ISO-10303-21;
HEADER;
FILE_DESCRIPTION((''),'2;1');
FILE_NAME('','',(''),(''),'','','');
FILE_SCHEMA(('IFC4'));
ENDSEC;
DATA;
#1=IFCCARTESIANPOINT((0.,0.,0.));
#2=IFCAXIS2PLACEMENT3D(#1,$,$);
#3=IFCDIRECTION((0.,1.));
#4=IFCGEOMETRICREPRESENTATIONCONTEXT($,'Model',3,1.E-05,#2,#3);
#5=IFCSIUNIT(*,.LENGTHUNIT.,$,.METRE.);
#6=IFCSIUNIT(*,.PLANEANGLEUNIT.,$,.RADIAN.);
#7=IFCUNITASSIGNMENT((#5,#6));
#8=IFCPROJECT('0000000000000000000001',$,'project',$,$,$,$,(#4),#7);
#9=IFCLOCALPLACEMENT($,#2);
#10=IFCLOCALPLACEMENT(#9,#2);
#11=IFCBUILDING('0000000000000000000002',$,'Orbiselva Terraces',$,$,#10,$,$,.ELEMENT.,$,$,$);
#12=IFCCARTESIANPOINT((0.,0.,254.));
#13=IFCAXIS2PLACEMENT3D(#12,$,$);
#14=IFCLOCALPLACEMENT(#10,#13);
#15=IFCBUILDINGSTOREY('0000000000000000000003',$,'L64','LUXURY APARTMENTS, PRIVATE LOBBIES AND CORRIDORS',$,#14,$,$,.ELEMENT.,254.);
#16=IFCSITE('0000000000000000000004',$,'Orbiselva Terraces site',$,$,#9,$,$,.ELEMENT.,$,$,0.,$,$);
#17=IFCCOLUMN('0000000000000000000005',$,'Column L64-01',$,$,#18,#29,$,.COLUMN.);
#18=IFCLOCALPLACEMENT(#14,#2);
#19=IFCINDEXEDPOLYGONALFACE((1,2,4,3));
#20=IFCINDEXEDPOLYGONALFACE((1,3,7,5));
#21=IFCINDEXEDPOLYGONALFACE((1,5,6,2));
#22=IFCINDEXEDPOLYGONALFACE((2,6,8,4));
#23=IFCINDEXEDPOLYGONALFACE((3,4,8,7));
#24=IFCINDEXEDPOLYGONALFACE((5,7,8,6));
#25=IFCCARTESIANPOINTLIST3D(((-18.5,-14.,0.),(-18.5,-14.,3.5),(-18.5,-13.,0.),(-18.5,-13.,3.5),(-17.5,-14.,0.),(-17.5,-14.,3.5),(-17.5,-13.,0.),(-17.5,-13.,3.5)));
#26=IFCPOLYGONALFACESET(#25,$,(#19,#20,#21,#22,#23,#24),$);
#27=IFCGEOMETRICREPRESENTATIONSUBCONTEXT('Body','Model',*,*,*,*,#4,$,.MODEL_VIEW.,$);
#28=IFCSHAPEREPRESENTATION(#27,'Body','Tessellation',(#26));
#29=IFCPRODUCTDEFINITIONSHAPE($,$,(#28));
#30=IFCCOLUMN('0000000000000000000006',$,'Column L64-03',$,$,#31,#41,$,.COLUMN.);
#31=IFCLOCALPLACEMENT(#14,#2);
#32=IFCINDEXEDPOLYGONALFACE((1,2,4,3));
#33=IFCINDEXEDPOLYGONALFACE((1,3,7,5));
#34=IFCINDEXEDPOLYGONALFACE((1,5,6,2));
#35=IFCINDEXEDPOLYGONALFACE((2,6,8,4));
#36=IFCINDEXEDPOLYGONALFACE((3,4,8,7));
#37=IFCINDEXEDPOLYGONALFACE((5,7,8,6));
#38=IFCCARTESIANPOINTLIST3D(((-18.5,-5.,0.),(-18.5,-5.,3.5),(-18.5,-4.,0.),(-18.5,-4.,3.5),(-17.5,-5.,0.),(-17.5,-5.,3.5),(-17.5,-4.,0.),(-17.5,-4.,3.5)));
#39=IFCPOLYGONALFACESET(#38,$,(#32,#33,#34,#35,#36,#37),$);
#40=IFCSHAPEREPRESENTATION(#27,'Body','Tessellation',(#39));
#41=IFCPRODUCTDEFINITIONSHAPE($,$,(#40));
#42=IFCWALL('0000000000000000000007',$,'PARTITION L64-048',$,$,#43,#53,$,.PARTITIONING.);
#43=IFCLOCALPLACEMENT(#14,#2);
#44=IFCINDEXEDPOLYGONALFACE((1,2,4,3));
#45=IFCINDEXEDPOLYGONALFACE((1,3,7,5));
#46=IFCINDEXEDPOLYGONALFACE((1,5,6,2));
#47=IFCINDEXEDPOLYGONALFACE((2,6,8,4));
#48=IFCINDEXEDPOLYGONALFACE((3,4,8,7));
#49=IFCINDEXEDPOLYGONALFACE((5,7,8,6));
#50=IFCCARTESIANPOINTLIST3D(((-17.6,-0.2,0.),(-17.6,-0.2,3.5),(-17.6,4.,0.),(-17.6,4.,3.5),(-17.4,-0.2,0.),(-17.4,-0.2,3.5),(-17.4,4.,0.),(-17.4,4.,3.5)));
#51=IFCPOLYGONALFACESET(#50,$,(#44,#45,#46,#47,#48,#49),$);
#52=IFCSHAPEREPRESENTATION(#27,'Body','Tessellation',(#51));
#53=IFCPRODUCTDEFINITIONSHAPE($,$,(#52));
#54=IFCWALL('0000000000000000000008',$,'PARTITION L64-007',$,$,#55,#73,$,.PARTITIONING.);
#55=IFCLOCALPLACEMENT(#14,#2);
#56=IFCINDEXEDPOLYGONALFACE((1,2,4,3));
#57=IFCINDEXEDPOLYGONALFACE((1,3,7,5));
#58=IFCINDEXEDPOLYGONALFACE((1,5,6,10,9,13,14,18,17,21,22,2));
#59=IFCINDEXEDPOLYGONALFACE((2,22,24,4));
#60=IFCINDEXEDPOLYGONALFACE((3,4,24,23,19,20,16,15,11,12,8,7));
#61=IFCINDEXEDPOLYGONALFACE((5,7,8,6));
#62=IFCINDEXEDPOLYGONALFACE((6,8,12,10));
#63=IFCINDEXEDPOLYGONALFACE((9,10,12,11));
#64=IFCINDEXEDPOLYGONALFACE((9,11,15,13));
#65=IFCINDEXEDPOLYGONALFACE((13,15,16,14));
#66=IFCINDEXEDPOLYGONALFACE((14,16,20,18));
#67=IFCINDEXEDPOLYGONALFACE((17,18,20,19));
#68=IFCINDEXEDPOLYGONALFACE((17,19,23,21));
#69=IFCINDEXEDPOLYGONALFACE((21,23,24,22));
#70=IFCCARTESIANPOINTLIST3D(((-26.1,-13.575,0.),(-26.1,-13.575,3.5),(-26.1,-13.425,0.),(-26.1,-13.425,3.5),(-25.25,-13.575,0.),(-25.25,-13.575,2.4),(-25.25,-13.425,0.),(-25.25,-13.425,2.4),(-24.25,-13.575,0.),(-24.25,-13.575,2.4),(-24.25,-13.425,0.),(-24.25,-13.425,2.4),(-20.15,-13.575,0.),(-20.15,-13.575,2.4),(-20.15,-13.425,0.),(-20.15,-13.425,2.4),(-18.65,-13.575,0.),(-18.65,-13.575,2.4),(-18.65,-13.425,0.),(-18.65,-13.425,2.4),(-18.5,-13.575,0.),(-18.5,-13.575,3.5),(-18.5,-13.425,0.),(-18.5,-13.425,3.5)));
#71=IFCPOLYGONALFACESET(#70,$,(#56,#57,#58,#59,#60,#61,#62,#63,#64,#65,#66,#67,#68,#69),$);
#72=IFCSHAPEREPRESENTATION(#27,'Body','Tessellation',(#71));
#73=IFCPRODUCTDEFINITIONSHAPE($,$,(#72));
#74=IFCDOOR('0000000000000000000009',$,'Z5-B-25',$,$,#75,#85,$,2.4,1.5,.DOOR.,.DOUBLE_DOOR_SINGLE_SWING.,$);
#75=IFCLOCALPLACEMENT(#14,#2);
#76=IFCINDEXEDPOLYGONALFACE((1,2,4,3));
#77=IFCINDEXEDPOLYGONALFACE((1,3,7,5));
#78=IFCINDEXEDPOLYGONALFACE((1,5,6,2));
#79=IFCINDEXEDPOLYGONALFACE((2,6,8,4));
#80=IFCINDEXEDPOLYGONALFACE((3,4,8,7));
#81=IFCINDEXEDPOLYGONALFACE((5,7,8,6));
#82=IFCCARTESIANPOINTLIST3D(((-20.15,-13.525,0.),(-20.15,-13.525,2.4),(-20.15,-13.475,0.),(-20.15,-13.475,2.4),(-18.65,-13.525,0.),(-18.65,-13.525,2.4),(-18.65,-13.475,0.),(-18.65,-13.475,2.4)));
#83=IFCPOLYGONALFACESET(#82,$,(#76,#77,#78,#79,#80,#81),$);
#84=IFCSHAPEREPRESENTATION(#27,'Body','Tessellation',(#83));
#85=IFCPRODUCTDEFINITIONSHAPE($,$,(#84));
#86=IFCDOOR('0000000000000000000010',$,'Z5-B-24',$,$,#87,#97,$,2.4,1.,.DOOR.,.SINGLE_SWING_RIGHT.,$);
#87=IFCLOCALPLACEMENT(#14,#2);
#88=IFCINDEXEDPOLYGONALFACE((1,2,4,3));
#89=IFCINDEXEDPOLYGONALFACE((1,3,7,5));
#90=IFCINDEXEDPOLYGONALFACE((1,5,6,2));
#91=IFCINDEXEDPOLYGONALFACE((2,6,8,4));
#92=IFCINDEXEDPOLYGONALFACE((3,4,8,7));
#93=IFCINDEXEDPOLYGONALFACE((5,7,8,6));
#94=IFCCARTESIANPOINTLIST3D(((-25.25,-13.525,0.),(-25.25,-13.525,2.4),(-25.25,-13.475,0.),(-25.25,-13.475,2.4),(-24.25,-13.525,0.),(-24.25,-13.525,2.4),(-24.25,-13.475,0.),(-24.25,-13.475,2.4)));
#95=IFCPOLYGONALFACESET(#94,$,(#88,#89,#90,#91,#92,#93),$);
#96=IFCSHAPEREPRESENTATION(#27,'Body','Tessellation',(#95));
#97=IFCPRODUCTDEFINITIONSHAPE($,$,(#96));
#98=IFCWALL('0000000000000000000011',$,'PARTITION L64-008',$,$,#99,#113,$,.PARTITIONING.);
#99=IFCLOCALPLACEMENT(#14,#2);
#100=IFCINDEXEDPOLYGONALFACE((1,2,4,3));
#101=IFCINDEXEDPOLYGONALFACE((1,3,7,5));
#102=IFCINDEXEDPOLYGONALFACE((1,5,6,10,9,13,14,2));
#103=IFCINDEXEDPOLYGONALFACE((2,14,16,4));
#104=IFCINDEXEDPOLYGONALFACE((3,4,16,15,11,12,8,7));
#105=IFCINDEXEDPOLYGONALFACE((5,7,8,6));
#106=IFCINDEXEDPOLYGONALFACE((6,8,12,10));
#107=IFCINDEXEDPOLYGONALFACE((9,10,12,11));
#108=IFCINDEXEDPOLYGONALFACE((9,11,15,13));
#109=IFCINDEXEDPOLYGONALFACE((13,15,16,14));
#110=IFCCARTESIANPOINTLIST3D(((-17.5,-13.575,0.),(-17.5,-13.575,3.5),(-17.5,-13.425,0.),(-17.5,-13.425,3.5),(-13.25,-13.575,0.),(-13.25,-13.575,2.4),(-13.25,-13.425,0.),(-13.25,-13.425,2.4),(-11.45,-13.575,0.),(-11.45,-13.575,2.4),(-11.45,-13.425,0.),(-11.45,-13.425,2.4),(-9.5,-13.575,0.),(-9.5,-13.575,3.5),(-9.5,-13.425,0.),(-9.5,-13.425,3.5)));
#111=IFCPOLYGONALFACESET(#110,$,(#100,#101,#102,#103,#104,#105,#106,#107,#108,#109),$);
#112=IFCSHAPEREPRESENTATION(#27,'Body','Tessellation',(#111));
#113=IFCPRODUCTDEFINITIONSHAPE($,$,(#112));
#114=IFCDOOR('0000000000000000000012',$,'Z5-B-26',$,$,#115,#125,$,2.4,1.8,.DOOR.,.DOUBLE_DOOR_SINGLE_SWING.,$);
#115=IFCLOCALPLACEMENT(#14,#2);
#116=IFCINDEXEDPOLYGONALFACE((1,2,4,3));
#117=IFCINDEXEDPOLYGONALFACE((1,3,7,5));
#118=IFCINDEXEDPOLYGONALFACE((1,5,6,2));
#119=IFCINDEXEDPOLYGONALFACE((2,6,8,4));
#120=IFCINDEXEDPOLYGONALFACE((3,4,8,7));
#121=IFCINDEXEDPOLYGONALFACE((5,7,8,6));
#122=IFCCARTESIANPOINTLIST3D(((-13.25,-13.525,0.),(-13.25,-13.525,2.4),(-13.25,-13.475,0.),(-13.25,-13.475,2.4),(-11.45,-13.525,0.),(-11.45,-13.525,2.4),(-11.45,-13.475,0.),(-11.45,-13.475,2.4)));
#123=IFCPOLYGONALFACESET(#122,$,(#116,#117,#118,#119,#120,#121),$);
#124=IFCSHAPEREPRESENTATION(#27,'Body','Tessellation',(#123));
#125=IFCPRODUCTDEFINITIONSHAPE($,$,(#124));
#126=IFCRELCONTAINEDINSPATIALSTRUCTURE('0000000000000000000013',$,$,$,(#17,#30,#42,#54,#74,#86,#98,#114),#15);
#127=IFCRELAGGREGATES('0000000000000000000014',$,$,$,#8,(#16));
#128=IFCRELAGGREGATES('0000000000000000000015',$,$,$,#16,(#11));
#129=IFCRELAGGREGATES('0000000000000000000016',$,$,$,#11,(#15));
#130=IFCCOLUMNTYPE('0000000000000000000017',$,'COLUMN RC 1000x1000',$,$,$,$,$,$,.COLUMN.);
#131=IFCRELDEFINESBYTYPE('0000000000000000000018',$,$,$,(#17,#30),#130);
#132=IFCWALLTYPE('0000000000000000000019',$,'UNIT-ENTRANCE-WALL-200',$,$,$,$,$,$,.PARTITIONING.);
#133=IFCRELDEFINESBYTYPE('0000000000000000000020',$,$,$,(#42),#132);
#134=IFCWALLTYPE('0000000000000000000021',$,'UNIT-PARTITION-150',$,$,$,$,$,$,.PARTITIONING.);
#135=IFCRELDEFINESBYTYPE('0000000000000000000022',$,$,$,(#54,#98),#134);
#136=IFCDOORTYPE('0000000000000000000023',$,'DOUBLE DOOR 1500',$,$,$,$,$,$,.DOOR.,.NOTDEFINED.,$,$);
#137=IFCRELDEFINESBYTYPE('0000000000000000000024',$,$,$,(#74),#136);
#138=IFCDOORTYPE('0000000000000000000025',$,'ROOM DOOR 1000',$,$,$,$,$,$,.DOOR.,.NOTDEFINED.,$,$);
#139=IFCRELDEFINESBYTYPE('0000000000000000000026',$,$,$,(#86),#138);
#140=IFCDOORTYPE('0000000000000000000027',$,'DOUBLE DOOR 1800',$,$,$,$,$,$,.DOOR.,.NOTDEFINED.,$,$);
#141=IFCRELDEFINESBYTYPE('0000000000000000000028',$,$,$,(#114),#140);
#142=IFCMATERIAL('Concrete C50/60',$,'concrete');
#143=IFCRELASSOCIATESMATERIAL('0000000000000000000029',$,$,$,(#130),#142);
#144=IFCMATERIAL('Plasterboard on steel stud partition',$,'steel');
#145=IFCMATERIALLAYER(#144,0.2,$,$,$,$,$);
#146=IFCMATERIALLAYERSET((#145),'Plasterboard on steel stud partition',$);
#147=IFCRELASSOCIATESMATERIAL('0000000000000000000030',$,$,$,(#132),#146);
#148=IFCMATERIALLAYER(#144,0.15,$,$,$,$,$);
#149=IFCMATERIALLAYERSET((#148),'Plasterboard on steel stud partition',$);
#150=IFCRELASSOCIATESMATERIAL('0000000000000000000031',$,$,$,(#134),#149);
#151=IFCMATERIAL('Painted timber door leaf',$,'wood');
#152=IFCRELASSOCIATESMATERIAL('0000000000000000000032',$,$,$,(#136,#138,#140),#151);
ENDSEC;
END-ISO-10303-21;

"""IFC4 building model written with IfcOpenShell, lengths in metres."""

from ifc_helpers import new_model, si_unit, direction, frame, frame_2d, origin, origin_2d, place, context, subcontext, project, spatial, rectangle, extrude, material, layer, layer_set, material_profile, profile_set, type_object, element, fill, save


model = new_model("IFC4")

# Units and contexts
model_context = context("Model", 3, precision=1e-05, world=origin(), true_north=direction((0.0, 1.0)))
body_context = subcontext(model_context, "Body", "Model", "MODEL_VIEW")
ifc_project = project(units=[si_unit("LENGTHUNIT", "METRE"), si_unit("PLANEANGLEUNIT", "RADIAN")], contexts=[model_context])

# Site, building, storey
site_placement = place(None, origin())
site = spatial("IfcSite", under=ifc_project, at=site_placement, Name="Orbiselva Terraces site", CompositionType="ELEMENT", RefElevation=0.0)
building_placement = place(site_placement, origin())
building = spatial("IfcBuilding", under=site, at=building_placement, Name="Orbiselva Terraces", CompositionType="ELEMENT")
storey_placement = place(building_placement, frame((0.0, 0.0, 254.0)))
storey = spatial("IfcBuildingStorey", under=building, at=storey_placement, Name="L64", Description="LUXURY APARTMENTS, PRIVATE LOBBIES AND CORRIDORS", CompositionType="ELEMENT", Elevation=254.0)

# Columns
ifc_material_1 = material(Name="Concrete C50/60", Category="concrete")
ifc_material_profile = material_profile(ifc_material_1, rectangle(XDim=1.0, YDim=1.0, at=origin_2d()), Name="RC 1000x1000")
ifc_profile_set = profile_set([ifc_material_profile], Name="Concrete C50/60")
column_type = type_object("IfcColumnType", Name="COLUMN RC 1000x1000", PredefinedType="COLUMN", material=ifc_profile_set)
for number, where, z_axis, x_axis, name in (
    (1, (-18.0, -13.5, 0.0), (0.0, 0.0, 1.0), (1.0, 0.0, 0.0), "Column L64-01"),
    (2, (-18.0, -4.5, 0.0), (0.0, 0.0, 1.0), (1.0, 0.0, 0.0), "Column L64-03"),
):
    element("IfcColumn", number, at=place(storey_placement, frame(where, z_axis=z_axis, x_axis=x_axis)), inside=storey, type_object=column_type, Name=name, PredefinedType="COLUMN", context=body_context, shape_type="SweptSolid", body=[
        extrude(rectangle(XDim=1.0, YDim=1.0, at=origin_2d()), origin(), (0.0, 0.0, 1.0), 3.5),
    ])

# Wall
ifc_material_2 = material(Name="Plasterboard on steel stud partition", Category="steel")
ifc_layer_1 = layer(ifc_material_2, 0.2)
ifc_layer_set_1 = layer_set([ifc_layer_1], Name="Plasterboard on steel stud partition")
wall_type_1 = type_object("IfcWallType", Name="UNIT-ENTRANCE-WALL-200", PredefinedType="PARTITIONING", material=ifc_layer_set_1)
wall_1_placement = place(storey_placement, frame((-17.5, -0.2, 0.0), z_axis=(0.0, 0.0, 1.0), x_axis=(0.0, 1.0, 0.0)))
element("IfcWall", 3, at=wall_1_placement, inside=storey, type_object=wall_type_1, Name="PARTITION L64-048", PredefinedType="PARTITIONING", context=body_context, shape_type="SweptSolid", body=[
    extrude(rectangle(XDim=4.2, YDim=0.2, at=frame_2d((2.1, 0.0))), origin(), (0.0, 0.0, 1.0), 3.5),
])

# Wall, openings, doors
ifc_layer_2 = layer(ifc_material_2, 0.15)
ifc_layer_set_2 = layer_set([ifc_layer_2], Name="Plasterboard on steel stud partition")
wall_type_2 = type_object("IfcWallType", Name="UNIT-PARTITION-150", PredefinedType="PARTITIONING", material=ifc_layer_set_2)
wall_2_placement = place(storey_placement, frame((-18.5, -13.5, 0.0), z_axis=(0.0, 0.0, 1.0), x_axis=(-1.0, 0.0, 0.0)))
wall_2 = element("IfcWall", 4, at=wall_2_placement, inside=storey, type_object=wall_type_2, Name="PARTITION L64-007", PredefinedType="PARTITIONING", context=body_context, shape_type="SweptSolid", body=[
    extrude(rectangle(XDim=7.6, YDim=0.15, at=frame_2d((3.8, 0.0))), origin(), (0.0, 0.0, 1.0), 3.5),
])
opening_1_placement = place(wall_2_placement, frame((5.75, 0.0, 0.0)))
opening_1 = element("IfcOpeningElement", 5, at=opening_1_placement, cuts=wall_2, PredefinedType="OPENING", context=body_context, shape_type="SweptSolid", body=[
    extrude(rectangle(XDim=1.0, YDim=2.4, at=frame_2d((0.5, 1.2))), frame((0.0, 0.085, 0.0), z_axis=(0.0, -1.0, 0.0), x_axis=(1.0, 0.0, 0.0)), (0.0, 0.0, 1.0), 0.17),
])
opening_2_placement = place(wall_2_placement, frame((0.15, 0.0, 0.0)))
opening_2 = element("IfcOpeningElement", 6, at=opening_2_placement, cuts=wall_2, PredefinedType="OPENING", context=body_context, shape_type="SweptSolid", body=[
    extrude(rectangle(XDim=1.5, YDim=2.4, at=frame_2d((0.75, 1.2))), frame((0.0, 0.085, 0.0), z_axis=(0.0, -1.0, 0.0), x_axis=(1.0, 0.0, 0.0)), (0.0, 0.0, 1.0), 0.17),
])
ifc_material_3 = material(Name="Painted timber door leaf", Category="wood")
door_type_1 = type_object("IfcDoorType", Name="DOUBLE DOOR 1500", OperationType="NOTDEFINED", PredefinedType="DOOR", material=ifc_material_3)
door_1_placement = place(opening_2_placement, origin())
door_1 = element("IfcDoor", 7, at=door_1_placement, inside=storey, type_object=door_type_1, Name="Z5-B-25", OperationType="DOUBLE_DOOR_SINGLE_SWING", OverallHeight=2.4, OverallWidth=1.5, PredefinedType="DOOR", context=body_context, shape_type="SweptSolid", body=[
    extrude(rectangle(XDim=1.5, YDim=2.4, at=frame_2d((0.75, 1.2))), frame((0.0, 0.025, 0.0), z_axis=(0.0, -1.0, 0.0), x_axis=(1.0, 0.0, 0.0)), (0.0, 0.0, 1.0), 0.05),
])
fill(opening_2, door_1)
door_type_2 = type_object("IfcDoorType", Name="ROOM DOOR 1000", OperationType="NOTDEFINED", PredefinedType="DOOR", material=ifc_material_3)
door_2_placement = place(opening_1_placement, origin())
door_2 = element("IfcDoor", 8, at=door_2_placement, inside=storey, type_object=door_type_2, Name="Z5-B-24", OperationType="SINGLE_SWING_RIGHT", OverallHeight=2.4, OverallWidth=1.0, PredefinedType="DOOR", context=body_context, shape_type="SweptSolid", body=[
    extrude(rectangle(XDim=1.0, YDim=2.4, at=frame_2d((0.5, 1.2))), frame((0.0, 0.025, 0.0), z_axis=(0.0, -1.0, 0.0), x_axis=(1.0, 0.0, 0.0)), (0.0, 0.0, 1.0), 0.05),
])
fill(opening_1, door_2)

# Wall, opening, door
wall_3_placement = place(storey_placement, frame((-9.5, -13.5, 0.0), z_axis=(0.0, 0.0, 1.0), x_axis=(-1.0, 0.0, 0.0)))
wall_3 = element("IfcWall", 9, at=wall_3_placement, inside=storey, type_object=wall_type_2, Name="PARTITION L64-008", PredefinedType="PARTITIONING", context=body_context, shape_type="SweptSolid", body=[
    extrude(rectangle(XDim=8.0, YDim=0.15, at=frame_2d((4.0, 0.0))), origin(), (0.0, 0.0, 1.0), 3.5),
])
opening_3_placement = place(wall_3_placement, frame((1.95, 0.0, 0.0)))
opening_3 = element("IfcOpeningElement", 10, at=opening_3_placement, cuts=wall_3, PredefinedType="OPENING", context=body_context, shape_type="SweptSolid", body=[
    extrude(rectangle(XDim=1.8, YDim=2.4, at=frame_2d((0.9, 1.2))), frame((0.0, 0.085, 0.0), z_axis=(0.0, -1.0, 0.0), x_axis=(1.0, 0.0, 0.0)), (0.0, 0.0, 1.0), 0.17),
])
door_type_3 = type_object("IfcDoorType", Name="DOUBLE DOOR 1800", OperationType="NOTDEFINED", PredefinedType="DOOR", material=ifc_material_3)
door_3_placement = place(opening_3_placement, origin())
door_3 = element("IfcDoor", 11, at=door_3_placement, inside=storey, type_object=door_type_3, Name="Z5-B-26", OperationType="DOUBLE_DOOR_SINGLE_SWING", OverallHeight=2.4, OverallWidth=1.8, PredefinedType="DOOR", context=body_context, shape_type="SweptSolid", body=[
    extrude(rectangle(XDim=1.8, YDim=2.4, at=frame_2d((0.9, 1.2))), frame((0.0, 0.025, 0.0), z_axis=(0.0, -1.0, 0.0), x_axis=(1.0, 0.0, 0.0)), (0.0, 0.0, 1.0), 0.05),
])
fill(opening_3, door_3)

save(model, "model.ifc")
